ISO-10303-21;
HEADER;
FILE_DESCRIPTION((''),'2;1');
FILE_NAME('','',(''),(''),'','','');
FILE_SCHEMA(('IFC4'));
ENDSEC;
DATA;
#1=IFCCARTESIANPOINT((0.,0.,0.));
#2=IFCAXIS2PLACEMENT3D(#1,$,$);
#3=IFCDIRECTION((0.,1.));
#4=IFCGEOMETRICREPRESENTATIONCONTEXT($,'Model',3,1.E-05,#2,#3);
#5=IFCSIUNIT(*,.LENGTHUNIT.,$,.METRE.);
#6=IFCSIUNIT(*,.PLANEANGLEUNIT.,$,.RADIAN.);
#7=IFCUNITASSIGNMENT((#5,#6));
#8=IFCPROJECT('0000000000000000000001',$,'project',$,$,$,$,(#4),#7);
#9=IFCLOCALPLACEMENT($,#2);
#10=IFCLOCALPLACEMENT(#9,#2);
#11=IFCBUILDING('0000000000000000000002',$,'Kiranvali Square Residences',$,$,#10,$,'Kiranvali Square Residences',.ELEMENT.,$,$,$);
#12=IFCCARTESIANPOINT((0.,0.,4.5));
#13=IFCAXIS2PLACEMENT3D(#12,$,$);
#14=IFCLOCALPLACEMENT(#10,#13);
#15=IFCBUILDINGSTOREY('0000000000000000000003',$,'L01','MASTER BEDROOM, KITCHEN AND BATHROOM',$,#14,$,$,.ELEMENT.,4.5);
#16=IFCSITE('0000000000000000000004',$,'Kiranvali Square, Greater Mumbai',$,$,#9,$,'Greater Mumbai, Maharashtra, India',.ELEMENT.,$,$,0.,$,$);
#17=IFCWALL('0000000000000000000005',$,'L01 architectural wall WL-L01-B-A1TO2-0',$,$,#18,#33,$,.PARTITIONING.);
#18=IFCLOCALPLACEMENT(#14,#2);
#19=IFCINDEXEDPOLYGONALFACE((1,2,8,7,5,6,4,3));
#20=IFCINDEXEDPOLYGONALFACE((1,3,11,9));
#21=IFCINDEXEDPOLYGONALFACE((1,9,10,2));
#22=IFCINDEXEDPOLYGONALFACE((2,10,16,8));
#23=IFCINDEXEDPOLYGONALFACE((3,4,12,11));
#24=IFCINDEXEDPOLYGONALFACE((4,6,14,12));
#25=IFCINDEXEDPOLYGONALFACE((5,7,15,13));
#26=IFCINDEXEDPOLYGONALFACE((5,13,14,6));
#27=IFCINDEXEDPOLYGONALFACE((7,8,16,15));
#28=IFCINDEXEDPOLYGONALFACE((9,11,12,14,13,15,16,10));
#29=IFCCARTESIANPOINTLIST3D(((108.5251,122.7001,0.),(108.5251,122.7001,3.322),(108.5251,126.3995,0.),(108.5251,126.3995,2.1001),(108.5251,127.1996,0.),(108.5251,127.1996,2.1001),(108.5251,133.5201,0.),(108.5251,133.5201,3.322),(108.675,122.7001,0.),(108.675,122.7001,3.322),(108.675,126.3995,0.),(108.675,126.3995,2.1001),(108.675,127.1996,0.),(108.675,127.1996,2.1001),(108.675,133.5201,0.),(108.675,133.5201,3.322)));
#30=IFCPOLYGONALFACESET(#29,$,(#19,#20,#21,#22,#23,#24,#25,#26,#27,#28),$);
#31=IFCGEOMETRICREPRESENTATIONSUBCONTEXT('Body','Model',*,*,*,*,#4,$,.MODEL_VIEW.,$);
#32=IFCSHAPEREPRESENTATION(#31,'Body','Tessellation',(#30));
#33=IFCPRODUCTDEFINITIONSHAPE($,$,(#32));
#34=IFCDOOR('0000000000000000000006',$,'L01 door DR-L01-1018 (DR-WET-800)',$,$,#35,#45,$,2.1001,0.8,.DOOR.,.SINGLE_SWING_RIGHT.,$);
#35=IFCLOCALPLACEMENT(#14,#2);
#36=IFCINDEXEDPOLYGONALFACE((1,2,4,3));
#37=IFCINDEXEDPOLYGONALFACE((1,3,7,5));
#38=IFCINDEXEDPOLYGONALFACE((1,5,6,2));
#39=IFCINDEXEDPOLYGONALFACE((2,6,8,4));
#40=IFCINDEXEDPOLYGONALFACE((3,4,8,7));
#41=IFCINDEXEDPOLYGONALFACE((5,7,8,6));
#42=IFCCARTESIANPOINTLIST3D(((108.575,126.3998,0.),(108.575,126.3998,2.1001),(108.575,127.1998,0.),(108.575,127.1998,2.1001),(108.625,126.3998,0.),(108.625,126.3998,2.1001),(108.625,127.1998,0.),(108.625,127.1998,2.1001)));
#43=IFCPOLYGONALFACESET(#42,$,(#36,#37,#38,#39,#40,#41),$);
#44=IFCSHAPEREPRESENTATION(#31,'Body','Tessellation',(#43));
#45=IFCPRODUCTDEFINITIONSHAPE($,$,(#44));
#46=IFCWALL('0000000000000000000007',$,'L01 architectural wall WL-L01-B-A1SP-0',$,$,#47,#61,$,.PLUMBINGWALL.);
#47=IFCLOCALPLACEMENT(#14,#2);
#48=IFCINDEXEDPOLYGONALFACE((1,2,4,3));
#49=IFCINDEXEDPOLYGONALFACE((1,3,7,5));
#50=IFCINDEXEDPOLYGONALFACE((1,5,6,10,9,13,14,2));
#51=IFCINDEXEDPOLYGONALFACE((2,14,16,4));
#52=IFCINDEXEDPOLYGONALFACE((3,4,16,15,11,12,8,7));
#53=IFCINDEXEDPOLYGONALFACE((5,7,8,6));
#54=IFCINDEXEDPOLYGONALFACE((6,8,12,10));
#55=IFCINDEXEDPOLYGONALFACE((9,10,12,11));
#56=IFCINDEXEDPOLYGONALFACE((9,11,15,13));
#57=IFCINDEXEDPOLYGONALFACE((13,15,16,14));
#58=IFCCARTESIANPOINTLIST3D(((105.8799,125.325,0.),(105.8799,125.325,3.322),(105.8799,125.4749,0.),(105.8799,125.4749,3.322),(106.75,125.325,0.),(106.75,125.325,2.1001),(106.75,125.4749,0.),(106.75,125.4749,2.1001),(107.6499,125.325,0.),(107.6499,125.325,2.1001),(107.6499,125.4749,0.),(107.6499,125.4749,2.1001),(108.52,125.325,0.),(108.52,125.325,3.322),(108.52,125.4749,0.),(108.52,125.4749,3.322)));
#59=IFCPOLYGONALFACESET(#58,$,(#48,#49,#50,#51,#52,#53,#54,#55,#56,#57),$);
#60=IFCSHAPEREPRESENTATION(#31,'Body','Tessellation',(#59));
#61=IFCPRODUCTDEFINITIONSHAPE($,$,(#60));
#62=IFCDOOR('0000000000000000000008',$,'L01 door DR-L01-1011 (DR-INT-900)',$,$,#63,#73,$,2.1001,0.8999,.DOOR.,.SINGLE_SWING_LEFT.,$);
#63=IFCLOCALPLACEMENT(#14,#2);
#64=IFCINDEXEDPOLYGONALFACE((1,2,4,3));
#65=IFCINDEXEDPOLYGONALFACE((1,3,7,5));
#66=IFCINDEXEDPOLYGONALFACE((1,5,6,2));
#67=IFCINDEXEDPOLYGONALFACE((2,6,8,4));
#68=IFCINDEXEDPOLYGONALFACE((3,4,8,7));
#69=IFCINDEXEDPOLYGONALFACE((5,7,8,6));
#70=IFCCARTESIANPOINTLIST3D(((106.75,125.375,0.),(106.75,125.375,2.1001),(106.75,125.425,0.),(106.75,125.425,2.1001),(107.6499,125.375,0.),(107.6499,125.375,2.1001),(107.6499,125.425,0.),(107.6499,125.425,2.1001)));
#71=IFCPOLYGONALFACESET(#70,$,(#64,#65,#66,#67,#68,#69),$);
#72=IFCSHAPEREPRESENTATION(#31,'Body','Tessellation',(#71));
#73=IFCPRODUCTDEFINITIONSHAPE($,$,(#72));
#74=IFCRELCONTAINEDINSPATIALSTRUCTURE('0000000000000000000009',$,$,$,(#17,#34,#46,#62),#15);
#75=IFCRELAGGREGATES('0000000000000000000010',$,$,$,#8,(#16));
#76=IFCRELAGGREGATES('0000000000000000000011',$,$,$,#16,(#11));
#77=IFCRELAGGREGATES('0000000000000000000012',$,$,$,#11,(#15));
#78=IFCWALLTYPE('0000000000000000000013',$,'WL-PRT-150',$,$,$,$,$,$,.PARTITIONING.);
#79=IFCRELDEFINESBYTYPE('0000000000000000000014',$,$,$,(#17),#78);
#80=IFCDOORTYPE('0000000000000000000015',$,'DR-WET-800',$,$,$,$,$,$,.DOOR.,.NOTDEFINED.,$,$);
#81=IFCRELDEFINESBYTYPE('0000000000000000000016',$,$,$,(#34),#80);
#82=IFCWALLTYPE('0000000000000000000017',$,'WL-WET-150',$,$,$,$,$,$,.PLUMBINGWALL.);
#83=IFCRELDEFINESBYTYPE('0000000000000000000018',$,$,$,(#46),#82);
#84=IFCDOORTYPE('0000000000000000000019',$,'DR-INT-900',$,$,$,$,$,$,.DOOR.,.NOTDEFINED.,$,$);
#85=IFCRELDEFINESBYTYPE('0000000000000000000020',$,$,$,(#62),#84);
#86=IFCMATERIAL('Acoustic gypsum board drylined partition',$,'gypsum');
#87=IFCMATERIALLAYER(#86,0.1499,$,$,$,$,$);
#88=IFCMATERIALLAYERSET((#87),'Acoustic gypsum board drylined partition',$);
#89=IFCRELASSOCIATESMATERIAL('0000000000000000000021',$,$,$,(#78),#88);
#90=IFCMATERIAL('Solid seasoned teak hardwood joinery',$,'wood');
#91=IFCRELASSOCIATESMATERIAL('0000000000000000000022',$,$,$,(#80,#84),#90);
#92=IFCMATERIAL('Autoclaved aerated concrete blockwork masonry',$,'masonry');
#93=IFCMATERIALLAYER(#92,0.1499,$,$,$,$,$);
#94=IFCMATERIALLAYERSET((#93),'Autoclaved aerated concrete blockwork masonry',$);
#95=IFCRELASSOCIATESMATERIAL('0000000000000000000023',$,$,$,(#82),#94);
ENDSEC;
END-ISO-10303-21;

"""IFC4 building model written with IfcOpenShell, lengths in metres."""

from ifc_helpers import new_model, si_unit, direction, frame, frame_2d, origin, place, context, subcontext, project, spatial, rectangle, extrude, material, layer, layer_set, type_object, element, fill, save


model = new_model("IFC4")

# Units and contexts
model_context = context("Model", 3, precision=1e-05, world=origin(), true_north=direction((0.0, 1.0)))
body_context = subcontext(model_context, "Body", "Model", "MODEL_VIEW")
ifc_project = project(units=[si_unit("LENGTHUNIT", "METRE"), si_unit("PLANEANGLEUNIT", "RADIAN")], contexts=[model_context])

# Site, building, storey
site_placement = place(None, origin())
site = spatial("IfcSite", under=ifc_project, at=site_placement, Name="Kiranvali Square, Greater Mumbai", LongName="Greater Mumbai, Maharashtra, India", CompositionType="ELEMENT", RefElevation=0.0)
building_placement = place(site_placement, origin())
building = spatial("IfcBuilding", under=site, at=building_placement, Name="Kiranvali Square Residences", LongName="Kiranvali Square Residences", CompositionType="ELEMENT")
storey_placement = place(building_placement, frame((0.0, 0.0, 4.5)))
storey = spatial("IfcBuildingStorey", under=building, at=storey_placement, Name="L01", Description="MASTER BEDROOM, KITCHEN AND BATHROOM", CompositionType="ELEMENT", Elevation=4.5)

# Walls, openings, doors
ifc_material_1 = material(Name="Acoustic gypsum board drylined partition", Category="gypsum")
ifc_layer_1 = layer(ifc_material_1, 0.1499)
ifc_layer_set_1 = layer_set([ifc_layer_1], Name="Acoustic gypsum board drylined partition")
wall_type_1 = type_object("IfcWallType", Name="WL-PRT-150", PredefinedType="PARTITIONING", material=ifc_layer_set_1)
wall_1_placement = place(storey_placement, frame((108.6001, 122.7, 0.0), z_axis=(0.0, 0.0, 1.0), x_axis=(0.0, 1.0, 0.0)))
wall_1 = element("IfcWall", 1, at=wall_1_placement, inside=storey, type_object=wall_type_1, Name="L01 architectural wall WL-L01-B-A1TO2-0", PredefinedType="PARTITIONING", context=body_context, shape_type="SweptSolid", body=[
    extrude(rectangle(XDim=10.8201, YDim=0.1499, at=frame_2d((5.4102, 0.0))), origin(), (0.0, 0.0, 1.0), 3.322),
])
opening_1_placement = place(wall_1_placement, frame((3.6997, 0.0, 0.0)))
opening_1 = element("IfcOpeningElement", 2, at=opening_1_placement, cuts=wall_1, PredefinedType="OPENING", context=body_context, shape_type="SweptSolid", body=[
    extrude(rectangle(XDim=0.8, YDim=2.1001, at=frame_2d((0.3999, 1.05))), frame((0.0, 0.085, 0.0), z_axis=(0.0, -1.0, 0.0), x_axis=(1.0, 0.0, 0.0)), (0.0, 0.0, 1.0), 0.1699),
])
ifc_material_2 = material(Name="Solid seasoned teak hardwood joinery", Category="wood")
door_type_1 = type_object("IfcDoorType", Name="DR-WET-800", OperationType="NOTDEFINED", PredefinedType="DOOR", material=ifc_material_2)
door_1_placement = place(opening_1_placement, frame((0.8, 0.0, 0.0), z_axis=(0.0, 0.0, 1.0), x_axis=(-1.0, 0.0, 0.0)))
door_1 = element("IfcDoor", 3, at=door_1_placement, inside=storey, type_object=door_type_1, Name="L01 door DR-L01-1018 (DR-WET-800)", OperationType="SINGLE_SWING_RIGHT", OverallHeight=2.1001, OverallWidth=0.8, PredefinedType="DOOR", context=body_context, shape_type="SweptSolid", body=[
    extrude(rectangle(XDim=0.8, YDim=2.1001, at=frame_2d((0.3999, 1.05))), frame((0.0, 0.0249, 0.0), z_axis=(0.0, -1.0, 0.0), x_axis=(1.0, 0.0, 0.0)), (0.0, 0.0, 1.0), 0.05),
])
fill(opening_1, door_1)
ifc_material_3 = material(Name="Autoclaved aerated concrete blockwork masonry", Category="masonry")
ifc_layer_2 = layer(ifc_material_3, 0.1499)
ifc_layer_set_2 = layer_set([ifc_layer_2], Name="Autoclaved aerated concrete blockwork masonry")
wall_type_2 = type_object("IfcWallType", Name="WL-WET-150", PredefinedType="PLUMBINGWALL", material=ifc_layer_set_2)
wall_2_placement = place(storey_placement, frame((108.52, 125.3999, 0.0), z_axis=(0.0, 0.0, 1.0), x_axis=(-1.0, 0.0, 0.0)))
wall_2 = element("IfcWall", 4, at=wall_2_placement, inside=storey, type_object=wall_type_2, Name="L01 architectural wall WL-L01-B-A1SP-0", PredefinedType="PLUMBINGWALL", context=body_context, shape_type="SweptSolid", body=[
    extrude(rectangle(XDim=2.6401, YDim=0.1499, at=frame_2d((1.3201, 0.0))), origin(), (0.0, 0.0, 1.0), 3.322),
])
opening_2_placement = place(wall_2_placement, frame((0.8701, 0.0, 0.0)))
opening_2 = element("IfcOpeningElement", 5, at=opening_2_placement, cuts=wall_2, PredefinedType="OPENING", context=body_context, shape_type="SweptSolid", body=[
    extrude(rectangle(XDim=0.8999, YDim=2.1001, at=frame_2d((0.45, 1.05))), frame((0.0, 0.085, 0.0), z_axis=(0.0, -1.0, 0.0), x_axis=(1.0, 0.0, 0.0)), (0.0, 0.0, 1.0), 0.1699),
])
door_type_2 = type_object("IfcDoorType", Name="DR-INT-900", OperationType="NOTDEFINED", PredefinedType="DOOR", material=ifc_material_2)
door_2_placement = place(opening_2_placement, origin())
door_2 = element("IfcDoor", 6, at=door_2_placement, inside=storey, type_object=door_type_2, Name="L01 door DR-L01-1011 (DR-INT-900)", OperationType="SINGLE_SWING_LEFT", OverallHeight=2.1001, OverallWidth=0.8999, PredefinedType="DOOR", context=body_context, shape_type="SweptSolid", body=[
    extrude(rectangle(XDim=0.8999, YDim=2.1001, at=frame_2d((0.45, 1.05))), frame((0.0, 0.0249, 0.0), z_axis=(0.0, -1.0, 0.0), x_axis=(1.0, 0.0, 0.0)), (0.0, 0.0, 1.0), 0.05),
])
fill(opening_2, door_2)

save(model, "model.ifc")
